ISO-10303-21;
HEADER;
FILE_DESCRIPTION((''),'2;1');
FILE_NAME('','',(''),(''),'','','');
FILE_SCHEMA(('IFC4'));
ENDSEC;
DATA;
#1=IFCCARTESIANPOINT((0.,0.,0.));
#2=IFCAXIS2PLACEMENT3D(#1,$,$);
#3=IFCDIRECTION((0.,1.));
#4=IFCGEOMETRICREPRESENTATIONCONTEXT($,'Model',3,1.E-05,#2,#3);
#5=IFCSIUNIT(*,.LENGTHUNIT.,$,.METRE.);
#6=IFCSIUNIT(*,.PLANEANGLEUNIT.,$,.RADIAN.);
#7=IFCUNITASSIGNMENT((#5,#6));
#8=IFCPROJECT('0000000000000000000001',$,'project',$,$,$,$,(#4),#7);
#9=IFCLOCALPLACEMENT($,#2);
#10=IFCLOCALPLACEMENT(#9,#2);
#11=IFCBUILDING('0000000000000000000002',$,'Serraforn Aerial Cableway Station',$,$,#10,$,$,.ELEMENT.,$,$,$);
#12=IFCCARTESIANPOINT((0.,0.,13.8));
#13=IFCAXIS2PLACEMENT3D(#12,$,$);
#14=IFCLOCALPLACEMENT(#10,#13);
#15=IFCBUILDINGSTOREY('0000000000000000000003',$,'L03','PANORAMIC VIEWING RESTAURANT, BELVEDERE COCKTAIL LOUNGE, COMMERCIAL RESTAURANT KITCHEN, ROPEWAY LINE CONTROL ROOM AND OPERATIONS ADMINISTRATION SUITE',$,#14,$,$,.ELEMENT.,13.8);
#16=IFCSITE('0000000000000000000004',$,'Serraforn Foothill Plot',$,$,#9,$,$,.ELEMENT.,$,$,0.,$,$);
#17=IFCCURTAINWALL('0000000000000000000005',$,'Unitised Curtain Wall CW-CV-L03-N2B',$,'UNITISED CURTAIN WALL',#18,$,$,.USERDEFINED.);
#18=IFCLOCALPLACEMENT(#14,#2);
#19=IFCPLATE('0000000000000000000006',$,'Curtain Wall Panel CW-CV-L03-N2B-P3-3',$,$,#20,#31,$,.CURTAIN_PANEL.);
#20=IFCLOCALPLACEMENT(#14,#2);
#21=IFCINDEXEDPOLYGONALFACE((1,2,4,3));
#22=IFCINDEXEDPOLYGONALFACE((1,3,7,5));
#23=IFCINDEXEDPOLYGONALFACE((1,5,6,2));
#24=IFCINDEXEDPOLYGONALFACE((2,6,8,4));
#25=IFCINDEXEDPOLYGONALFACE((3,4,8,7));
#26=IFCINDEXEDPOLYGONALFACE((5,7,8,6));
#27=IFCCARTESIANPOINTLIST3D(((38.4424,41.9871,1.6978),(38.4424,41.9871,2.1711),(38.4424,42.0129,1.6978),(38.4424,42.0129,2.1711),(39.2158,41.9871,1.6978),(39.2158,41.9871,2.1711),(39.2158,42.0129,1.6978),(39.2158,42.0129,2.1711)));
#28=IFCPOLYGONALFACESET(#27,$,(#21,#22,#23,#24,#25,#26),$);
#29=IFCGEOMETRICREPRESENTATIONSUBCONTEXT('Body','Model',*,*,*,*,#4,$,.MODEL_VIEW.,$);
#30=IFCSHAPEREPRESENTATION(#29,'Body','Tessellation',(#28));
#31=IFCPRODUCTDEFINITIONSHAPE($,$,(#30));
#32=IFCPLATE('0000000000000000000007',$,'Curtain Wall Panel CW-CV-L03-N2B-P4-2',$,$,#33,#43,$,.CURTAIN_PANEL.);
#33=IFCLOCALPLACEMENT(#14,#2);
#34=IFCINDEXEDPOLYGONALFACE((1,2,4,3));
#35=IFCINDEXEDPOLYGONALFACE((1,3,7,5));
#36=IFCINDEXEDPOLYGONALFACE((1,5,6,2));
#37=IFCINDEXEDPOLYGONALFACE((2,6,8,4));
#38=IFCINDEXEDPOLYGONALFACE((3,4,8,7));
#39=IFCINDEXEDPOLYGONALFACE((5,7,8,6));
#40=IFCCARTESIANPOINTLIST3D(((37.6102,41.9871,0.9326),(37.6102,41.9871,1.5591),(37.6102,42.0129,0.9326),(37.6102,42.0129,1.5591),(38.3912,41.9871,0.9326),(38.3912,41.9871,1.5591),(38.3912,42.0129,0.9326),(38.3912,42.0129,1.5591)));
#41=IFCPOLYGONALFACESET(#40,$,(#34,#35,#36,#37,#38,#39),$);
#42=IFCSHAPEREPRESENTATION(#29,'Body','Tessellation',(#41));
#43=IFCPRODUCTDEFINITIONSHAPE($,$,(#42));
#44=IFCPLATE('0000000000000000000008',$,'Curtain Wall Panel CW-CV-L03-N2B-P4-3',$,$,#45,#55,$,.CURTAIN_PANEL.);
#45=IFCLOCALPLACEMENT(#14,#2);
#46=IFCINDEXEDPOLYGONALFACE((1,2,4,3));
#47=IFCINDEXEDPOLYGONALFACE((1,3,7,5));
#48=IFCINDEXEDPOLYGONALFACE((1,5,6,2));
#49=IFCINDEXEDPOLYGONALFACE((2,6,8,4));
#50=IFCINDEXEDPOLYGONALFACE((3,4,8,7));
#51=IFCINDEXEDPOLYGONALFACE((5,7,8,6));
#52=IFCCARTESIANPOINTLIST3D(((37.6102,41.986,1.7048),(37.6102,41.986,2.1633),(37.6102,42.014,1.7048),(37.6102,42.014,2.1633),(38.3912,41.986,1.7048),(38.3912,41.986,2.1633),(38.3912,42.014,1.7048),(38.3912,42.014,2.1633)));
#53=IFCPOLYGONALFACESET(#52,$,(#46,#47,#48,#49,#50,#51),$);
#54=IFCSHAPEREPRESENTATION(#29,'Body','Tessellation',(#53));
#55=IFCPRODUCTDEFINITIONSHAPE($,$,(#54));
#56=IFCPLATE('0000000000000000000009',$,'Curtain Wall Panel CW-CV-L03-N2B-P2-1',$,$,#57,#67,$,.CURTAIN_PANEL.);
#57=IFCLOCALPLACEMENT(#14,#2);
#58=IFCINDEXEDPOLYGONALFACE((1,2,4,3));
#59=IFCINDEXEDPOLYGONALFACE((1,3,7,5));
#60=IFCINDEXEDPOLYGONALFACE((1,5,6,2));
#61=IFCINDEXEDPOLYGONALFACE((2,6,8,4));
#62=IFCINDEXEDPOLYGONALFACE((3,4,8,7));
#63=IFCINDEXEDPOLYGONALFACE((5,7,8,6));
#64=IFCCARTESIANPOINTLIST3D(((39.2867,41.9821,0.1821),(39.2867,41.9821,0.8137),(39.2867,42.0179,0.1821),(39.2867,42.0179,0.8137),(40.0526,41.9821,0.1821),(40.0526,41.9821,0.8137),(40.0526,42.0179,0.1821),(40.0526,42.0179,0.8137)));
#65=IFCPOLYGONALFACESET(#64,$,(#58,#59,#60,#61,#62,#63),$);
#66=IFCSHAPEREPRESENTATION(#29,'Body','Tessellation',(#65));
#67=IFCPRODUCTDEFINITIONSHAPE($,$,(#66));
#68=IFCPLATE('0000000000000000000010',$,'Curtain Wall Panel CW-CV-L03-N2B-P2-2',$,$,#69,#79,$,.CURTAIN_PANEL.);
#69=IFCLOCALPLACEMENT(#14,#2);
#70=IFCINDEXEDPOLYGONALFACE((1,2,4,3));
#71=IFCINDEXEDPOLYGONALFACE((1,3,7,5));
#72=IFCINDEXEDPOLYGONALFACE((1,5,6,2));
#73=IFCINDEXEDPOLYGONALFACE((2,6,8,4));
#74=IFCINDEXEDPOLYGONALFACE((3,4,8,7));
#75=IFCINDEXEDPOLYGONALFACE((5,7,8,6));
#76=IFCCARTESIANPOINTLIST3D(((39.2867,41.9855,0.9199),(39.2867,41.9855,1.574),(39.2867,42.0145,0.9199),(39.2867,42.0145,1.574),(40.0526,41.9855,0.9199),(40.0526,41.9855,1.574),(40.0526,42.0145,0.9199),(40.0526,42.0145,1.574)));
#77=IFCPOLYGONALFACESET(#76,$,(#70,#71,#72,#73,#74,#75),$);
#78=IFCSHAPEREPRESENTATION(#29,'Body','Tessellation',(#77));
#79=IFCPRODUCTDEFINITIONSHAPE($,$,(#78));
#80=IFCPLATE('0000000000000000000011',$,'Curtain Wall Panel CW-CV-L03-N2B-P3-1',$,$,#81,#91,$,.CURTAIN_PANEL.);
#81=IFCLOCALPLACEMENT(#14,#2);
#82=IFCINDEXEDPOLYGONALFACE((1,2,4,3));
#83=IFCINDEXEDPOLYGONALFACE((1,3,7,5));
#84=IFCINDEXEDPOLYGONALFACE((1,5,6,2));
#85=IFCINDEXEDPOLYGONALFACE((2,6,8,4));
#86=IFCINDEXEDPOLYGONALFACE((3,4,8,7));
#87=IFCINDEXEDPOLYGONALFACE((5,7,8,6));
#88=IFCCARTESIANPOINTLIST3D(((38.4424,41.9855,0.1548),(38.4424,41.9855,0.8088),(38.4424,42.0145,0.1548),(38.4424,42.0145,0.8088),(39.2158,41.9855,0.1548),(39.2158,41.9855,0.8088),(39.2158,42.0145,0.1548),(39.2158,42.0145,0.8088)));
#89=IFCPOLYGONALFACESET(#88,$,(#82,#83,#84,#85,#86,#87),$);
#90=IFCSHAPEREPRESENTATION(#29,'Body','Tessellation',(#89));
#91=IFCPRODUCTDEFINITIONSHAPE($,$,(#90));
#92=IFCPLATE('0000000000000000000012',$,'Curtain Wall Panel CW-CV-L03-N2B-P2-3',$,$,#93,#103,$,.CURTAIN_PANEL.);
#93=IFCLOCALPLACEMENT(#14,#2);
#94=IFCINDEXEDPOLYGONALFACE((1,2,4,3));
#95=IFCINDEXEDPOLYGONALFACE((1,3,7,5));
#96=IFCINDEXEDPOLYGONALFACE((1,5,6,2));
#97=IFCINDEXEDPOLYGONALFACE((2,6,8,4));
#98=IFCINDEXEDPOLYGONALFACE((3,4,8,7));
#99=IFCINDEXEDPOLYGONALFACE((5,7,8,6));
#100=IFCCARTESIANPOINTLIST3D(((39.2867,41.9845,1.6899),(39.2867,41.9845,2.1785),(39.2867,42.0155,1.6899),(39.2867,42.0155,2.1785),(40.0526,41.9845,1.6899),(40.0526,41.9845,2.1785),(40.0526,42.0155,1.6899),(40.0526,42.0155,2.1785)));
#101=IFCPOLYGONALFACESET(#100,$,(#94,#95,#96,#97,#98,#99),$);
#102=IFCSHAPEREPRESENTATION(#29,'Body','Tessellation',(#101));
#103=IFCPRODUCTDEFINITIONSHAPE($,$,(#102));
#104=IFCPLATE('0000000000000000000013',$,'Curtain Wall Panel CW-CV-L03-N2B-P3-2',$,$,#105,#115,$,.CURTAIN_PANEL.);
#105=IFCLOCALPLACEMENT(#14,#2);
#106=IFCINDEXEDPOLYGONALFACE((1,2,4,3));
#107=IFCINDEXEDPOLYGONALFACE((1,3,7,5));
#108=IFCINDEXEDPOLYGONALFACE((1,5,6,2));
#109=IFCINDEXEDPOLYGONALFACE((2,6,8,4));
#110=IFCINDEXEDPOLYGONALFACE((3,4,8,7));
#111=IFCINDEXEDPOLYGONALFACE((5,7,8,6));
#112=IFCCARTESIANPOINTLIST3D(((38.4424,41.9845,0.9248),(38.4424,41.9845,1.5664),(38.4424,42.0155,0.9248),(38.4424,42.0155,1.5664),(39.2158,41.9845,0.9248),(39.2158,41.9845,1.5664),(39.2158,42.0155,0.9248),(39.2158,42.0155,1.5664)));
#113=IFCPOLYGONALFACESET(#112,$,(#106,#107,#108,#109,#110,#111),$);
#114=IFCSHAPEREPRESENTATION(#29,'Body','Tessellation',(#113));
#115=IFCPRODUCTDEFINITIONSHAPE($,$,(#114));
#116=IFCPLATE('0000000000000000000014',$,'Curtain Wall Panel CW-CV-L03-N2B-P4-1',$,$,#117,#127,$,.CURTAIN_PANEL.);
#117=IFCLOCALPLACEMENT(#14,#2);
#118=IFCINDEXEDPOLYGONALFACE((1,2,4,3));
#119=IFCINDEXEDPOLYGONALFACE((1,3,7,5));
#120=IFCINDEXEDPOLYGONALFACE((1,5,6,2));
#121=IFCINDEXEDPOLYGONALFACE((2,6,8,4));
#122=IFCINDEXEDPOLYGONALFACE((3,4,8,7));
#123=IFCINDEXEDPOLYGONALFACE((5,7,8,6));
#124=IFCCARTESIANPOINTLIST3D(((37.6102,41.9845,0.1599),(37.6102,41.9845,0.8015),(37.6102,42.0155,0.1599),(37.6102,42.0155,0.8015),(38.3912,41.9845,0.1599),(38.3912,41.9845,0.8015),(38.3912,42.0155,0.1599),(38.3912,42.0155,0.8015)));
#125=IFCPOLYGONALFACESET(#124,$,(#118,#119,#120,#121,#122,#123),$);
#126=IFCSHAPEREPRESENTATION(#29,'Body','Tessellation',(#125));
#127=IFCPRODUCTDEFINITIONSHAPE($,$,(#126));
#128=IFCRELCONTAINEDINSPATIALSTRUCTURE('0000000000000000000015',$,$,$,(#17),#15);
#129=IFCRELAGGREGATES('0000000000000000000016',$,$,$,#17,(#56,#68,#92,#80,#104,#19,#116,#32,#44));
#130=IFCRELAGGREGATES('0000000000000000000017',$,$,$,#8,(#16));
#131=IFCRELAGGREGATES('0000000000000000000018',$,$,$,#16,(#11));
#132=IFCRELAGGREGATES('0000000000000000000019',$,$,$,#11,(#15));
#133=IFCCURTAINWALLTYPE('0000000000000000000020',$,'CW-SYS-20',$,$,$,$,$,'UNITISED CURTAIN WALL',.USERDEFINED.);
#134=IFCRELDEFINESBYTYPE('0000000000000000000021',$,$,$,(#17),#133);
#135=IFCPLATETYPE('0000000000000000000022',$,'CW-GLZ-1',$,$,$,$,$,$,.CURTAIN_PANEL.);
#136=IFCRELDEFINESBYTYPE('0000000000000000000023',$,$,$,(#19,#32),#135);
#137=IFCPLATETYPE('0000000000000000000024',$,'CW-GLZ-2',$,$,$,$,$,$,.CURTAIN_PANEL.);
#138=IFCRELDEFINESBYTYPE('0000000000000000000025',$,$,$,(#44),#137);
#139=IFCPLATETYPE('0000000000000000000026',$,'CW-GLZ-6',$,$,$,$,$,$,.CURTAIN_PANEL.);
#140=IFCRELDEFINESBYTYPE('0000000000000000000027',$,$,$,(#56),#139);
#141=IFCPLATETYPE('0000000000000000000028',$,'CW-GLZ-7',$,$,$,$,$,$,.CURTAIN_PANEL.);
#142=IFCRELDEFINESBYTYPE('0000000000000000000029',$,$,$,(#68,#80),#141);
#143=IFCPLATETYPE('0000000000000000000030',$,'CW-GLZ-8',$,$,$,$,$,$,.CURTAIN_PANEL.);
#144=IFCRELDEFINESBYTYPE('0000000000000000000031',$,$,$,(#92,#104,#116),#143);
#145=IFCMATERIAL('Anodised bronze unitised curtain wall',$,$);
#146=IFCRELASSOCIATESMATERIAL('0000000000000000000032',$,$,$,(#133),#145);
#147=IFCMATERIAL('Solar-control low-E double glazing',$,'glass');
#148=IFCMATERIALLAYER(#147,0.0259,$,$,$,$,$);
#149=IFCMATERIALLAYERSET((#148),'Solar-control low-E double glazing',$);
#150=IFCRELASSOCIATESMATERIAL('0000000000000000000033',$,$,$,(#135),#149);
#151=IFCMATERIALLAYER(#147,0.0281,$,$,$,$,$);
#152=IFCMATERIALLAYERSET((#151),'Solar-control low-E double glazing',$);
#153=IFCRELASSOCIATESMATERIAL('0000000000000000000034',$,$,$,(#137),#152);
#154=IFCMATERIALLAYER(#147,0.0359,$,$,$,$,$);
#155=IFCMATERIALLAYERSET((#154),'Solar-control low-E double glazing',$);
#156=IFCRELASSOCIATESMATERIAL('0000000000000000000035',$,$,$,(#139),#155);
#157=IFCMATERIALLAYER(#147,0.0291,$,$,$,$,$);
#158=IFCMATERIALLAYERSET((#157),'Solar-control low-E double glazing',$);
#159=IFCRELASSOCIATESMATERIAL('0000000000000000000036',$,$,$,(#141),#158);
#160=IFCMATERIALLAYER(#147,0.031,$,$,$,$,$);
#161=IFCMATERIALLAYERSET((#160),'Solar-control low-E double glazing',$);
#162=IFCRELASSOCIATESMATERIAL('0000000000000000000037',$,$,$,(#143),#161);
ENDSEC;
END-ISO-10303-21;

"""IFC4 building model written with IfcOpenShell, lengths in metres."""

from ifc_helpers import new_model, si_unit, direction, frame, origin, origin_2d, place, context, subcontext, project, spatial, rectangle, extrude, material, layer, layer_set, type_object, element, aggregate, save


model = new_model("IFC4")

# Units and contexts
model_context = context("Model", 3, precision=1e-05, world=origin(), true_north=direction((0.0, 1.0)))
body_context = subcontext(model_context, "Body", "Model", "MODEL_VIEW")
ifc_project = project(units=[si_unit("LENGTHUNIT", "METRE"), si_unit("PLANEANGLEUNIT", "RADIAN")], contexts=[model_context])

# Site, building, storey
site_placement = place(None, origin())
site = spatial("IfcSite", under=ifc_project, at=site_placement, Name="Serraforn Foothill Plot", CompositionType="ELEMENT", RefElevation=0.0)
building_placement = place(site_placement, origin())
building = spatial("IfcBuilding", under=site, at=building_placement, Name="Serraforn Aerial Cableway Station", CompositionType="ELEMENT")
storey_placement = place(building_placement, frame((0.0, 0.0, 13.8)))
storey = spatial("IfcBuildingStorey", under=building, at=storey_placement, Name="L03", Description="PANORAMIC VIEWING RESTAURANT, BELVEDERE COCKTAIL LOUNGE, COMMERCIAL RESTAURANT KITCHEN, ROPEWAY LINE CONTROL ROOM AND OPERATIONS ADMINISTRATION SUITE", CompositionType="ELEMENT", Elevation=13.8)

# Curtain wall, plates
ifc_material_1 = material(Name="Anodised bronze unitised curtain wall")
curtain_wall_type = type_object("IfcCurtainWallType", Name="CW-SYS-20", ElementType="UNITISED CURTAIN WALL", PredefinedType="USERDEFINED", material=ifc_material_1)
curtain_wall_placement = place(storey_placement, origin())
curtain_wall = element("IfcCurtainWall", 1, at=curtain_wall_placement, inside=storey, type_object=curtain_wall_type, Name="Unitised Curtain Wall CW-CV-L03-N2B", ObjectType="UNITISED CURTAIN WALL", PredefinedType="USERDEFINED")
ifc_material_2 = material(Name="Solar-control low-E double glazing", Category="glass")
ifc_layer_1 = layer(ifc_material_2, 0.0259)
ifc_layer_set_1 = layer_set([ifc_layer_1], Name="Solar-control low-E double glazing")
plate_type_1 = type_object("IfcPlateType", Name="CW-GLZ-1", PredefinedType="CURTAIN_PANEL", material=ifc_layer_set_1)
plate_1_placement = place(storey_placement, frame((38.8291, 42.0, 1.6978), z_axis=(0.0, 0.0, 1.0), x_axis=(1.0, 0.0, 0.0)))
plate_1 = element("IfcPlate", 2, at=plate_1_placement, type_object=plate_type_1, Name="Curtain Wall Panel CW-CV-L03-N2B-P3-3", PredefinedType="CURTAIN_PANEL", context=body_context, shape_type="SweptSolid", body=[
    extrude(rectangle(XDim=0.7734, YDim=0.0259, at=origin_2d()), origin(), (0.0, 0.0, 1.0), 0.4734),
])
plate_2_placement = place(storey_placement, frame((38.0007, 42.0, 0.9326), z_axis=(0.0, 0.0, 1.0), x_axis=(1.0, 0.0, 0.0)))
plate_2 = element("IfcPlate", 3, at=plate_2_placement, type_object=plate_type_1, Name="Curtain Wall Panel CW-CV-L03-N2B-P4-2", PredefinedType="CURTAIN_PANEL", context=body_context, shape_type="SweptSolid", body=[
    extrude(rectangle(XDim=0.781, YDim=0.0259, at=origin_2d()), origin(), (0.0, 0.0, 1.0), 0.6265),
])
ifc_layer_2 = layer(ifc_material_2, 0.0281)
ifc_layer_set_2 = layer_set([ifc_layer_2], Name="Solar-control low-E double glazing")
plate_type_2 = type_object("IfcPlateType", Name="CW-GLZ-2", PredefinedType="CURTAIN_PANEL", material=ifc_layer_set_2)
plate_3_placement = place(storey_placement, frame((38.0007, 42.0, 1.7048), z_axis=(0.0, 0.0, 1.0), x_axis=(1.0, 0.0, 0.0)))
plate_3 = element("IfcPlate", 4, at=plate_3_placement, type_object=plate_type_2, Name="Curtain Wall Panel CW-CV-L03-N2B-P4-3", PredefinedType="CURTAIN_PANEL", context=body_context, shape_type="SweptSolid", body=[
    extrude(rectangle(XDim=0.781, YDim=0.0281, at=origin_2d()), origin(), (0.0, 0.0, 1.0), 0.4585),
])
ifc_layer_3 = layer(ifc_material_2, 0.0359)
ifc_layer_set_3 = layer_set([ifc_layer_3], Name="Solar-control low-E double glazing")
plate_type_3 = type_object("IfcPlateType", Name="CW-GLZ-6", PredefinedType="CURTAIN_PANEL", material=ifc_layer_set_3)
plate_4_placement = place(storey_placement, frame((39.6697, 42.0, 0.1821), z_axis=(0.0, 0.0, 1.0), x_axis=(1.0, 0.0, 0.0)))
plate_4 = element("IfcPlate", 5, at=plate_4_placement, type_object=plate_type_3, Name="Curtain Wall Panel CW-CV-L03-N2B-P2-1", PredefinedType="CURTAIN_PANEL", context=body_context, shape_type="SweptSolid", body=[
    extrude(rectangle(XDim=0.7659, YDim=0.0359, at=origin_2d()), origin(), (0.0, 0.0, 1.0), 0.6316),
])
ifc_layer_4 = layer(ifc_material_2, 0.0291)
ifc_layer_set_4 = layer_set([ifc_layer_4], Name="Solar-control low-E double glazing")
plate_type_4 = type_object("IfcPlateType", Name="CW-GLZ-7", PredefinedType="CURTAIN_PANEL", material=ifc_layer_set_4)
plate_5_placement = place(storey_placement, frame((39.6697, 42.0, 0.9199), z_axis=(0.0, 0.0, 1.0), x_axis=(1.0, 0.0, 0.0)))
plate_5 = element("IfcPlate", 6, at=plate_5_placement, type_object=plate_type_4, Name="Curtain Wall Panel CW-CV-L03-N2B-P2-2", PredefinedType="CURTAIN_PANEL", context=body_context, shape_type="SweptSolid", body=[
    extrude(rectangle(XDim=0.7659, YDim=0.0291, at=origin_2d()), origin(), (0.0, 0.0, 1.0), 0.6541),
])
plate_6_placement = place(storey_placement, frame((38.8291, 42.0, 0.1548), z_axis=(0.0, 0.0, 1.0), x_axis=(1.0, 0.0, 0.0)))
plate_6 = element("IfcPlate", 7, at=plate_6_placement, type_object=plate_type_4, Name="Curtain Wall Panel CW-CV-L03-N2B-P3-1", PredefinedType="CURTAIN_PANEL", context=body_context, shape_type="SweptSolid", body=[
    extrude(rectangle(XDim=0.7734, YDim=0.0291, at=origin_2d()), origin(), (0.0, 0.0, 1.0), 0.6541),
])
ifc_layer_5 = layer(ifc_material_2, 0.031)
ifc_layer_set_5 = layer_set([ifc_layer_5], Name="Solar-control low-E double glazing")
plate_type_5 = type_object("IfcPlateType", Name="CW-GLZ-8", PredefinedType="CURTAIN_PANEL", material=ifc_layer_set_5)
plate_7_placement = place(storey_placement, frame((39.6697, 42.0, 1.6899), z_axis=(0.0, 0.0, 1.0), x_axis=(1.0, 0.0, 0.0)))
plate_7 = element("IfcPlate", 8, at=plate_7_placement, type_object=plate_type_5, Name="Curtain Wall Panel CW-CV-L03-N2B-P2-3", PredefinedType="CURTAIN_PANEL", context=body_context, shape_type="SweptSolid", body=[
    extrude(rectangle(XDim=0.7659, YDim=0.031, at=origin_2d()), origin(), (0.0, 0.0, 1.0), 0.4885),
])
plate_8_placement = place(storey_placement, frame((38.8291, 42.0, 0.9248), z_axis=(0.0, 0.0, 1.0), x_axis=(1.0, 0.0, 0.0)))
plate_8 = element("IfcPlate", 9, at=plate_8_placement, type_object=plate_type_5, Name="Curtain Wall Panel CW-CV-L03-N2B-P3-2", PredefinedType="CURTAIN_PANEL", context=body_context, shape_type="SweptSolid", body=[
    extrude(rectangle(XDim=0.7734, YDim=0.031, at=origin_2d()), origin(), (0.0, 0.0, 1.0), 0.6416),
])
plate_9_placement = place(storey_placement, frame((38.0007, 42.0, 0.1599), z_axis=(0.0, 0.0, 1.0), x_axis=(1.0, 0.0, 0.0)))
plate_9 = element("IfcPlate", 10, at=plate_9_placement, type_object=plate_type_5, Name="Curtain Wall Panel CW-CV-L03-N2B-P4-1", PredefinedType="CURTAIN_PANEL", context=body_context, shape_type="SweptSolid", body=[
    extrude(rectangle(XDim=0.781, YDim=0.031, at=origin_2d()), origin(), (0.0, 0.0, 1.0), 0.6416),
])
aggregate(curtain_wall, [plate_4, plate_5, plate_7, plate_6, plate_8, plate_1, plate_9, plate_2, plate_3])

save(model, "model.ifc")
